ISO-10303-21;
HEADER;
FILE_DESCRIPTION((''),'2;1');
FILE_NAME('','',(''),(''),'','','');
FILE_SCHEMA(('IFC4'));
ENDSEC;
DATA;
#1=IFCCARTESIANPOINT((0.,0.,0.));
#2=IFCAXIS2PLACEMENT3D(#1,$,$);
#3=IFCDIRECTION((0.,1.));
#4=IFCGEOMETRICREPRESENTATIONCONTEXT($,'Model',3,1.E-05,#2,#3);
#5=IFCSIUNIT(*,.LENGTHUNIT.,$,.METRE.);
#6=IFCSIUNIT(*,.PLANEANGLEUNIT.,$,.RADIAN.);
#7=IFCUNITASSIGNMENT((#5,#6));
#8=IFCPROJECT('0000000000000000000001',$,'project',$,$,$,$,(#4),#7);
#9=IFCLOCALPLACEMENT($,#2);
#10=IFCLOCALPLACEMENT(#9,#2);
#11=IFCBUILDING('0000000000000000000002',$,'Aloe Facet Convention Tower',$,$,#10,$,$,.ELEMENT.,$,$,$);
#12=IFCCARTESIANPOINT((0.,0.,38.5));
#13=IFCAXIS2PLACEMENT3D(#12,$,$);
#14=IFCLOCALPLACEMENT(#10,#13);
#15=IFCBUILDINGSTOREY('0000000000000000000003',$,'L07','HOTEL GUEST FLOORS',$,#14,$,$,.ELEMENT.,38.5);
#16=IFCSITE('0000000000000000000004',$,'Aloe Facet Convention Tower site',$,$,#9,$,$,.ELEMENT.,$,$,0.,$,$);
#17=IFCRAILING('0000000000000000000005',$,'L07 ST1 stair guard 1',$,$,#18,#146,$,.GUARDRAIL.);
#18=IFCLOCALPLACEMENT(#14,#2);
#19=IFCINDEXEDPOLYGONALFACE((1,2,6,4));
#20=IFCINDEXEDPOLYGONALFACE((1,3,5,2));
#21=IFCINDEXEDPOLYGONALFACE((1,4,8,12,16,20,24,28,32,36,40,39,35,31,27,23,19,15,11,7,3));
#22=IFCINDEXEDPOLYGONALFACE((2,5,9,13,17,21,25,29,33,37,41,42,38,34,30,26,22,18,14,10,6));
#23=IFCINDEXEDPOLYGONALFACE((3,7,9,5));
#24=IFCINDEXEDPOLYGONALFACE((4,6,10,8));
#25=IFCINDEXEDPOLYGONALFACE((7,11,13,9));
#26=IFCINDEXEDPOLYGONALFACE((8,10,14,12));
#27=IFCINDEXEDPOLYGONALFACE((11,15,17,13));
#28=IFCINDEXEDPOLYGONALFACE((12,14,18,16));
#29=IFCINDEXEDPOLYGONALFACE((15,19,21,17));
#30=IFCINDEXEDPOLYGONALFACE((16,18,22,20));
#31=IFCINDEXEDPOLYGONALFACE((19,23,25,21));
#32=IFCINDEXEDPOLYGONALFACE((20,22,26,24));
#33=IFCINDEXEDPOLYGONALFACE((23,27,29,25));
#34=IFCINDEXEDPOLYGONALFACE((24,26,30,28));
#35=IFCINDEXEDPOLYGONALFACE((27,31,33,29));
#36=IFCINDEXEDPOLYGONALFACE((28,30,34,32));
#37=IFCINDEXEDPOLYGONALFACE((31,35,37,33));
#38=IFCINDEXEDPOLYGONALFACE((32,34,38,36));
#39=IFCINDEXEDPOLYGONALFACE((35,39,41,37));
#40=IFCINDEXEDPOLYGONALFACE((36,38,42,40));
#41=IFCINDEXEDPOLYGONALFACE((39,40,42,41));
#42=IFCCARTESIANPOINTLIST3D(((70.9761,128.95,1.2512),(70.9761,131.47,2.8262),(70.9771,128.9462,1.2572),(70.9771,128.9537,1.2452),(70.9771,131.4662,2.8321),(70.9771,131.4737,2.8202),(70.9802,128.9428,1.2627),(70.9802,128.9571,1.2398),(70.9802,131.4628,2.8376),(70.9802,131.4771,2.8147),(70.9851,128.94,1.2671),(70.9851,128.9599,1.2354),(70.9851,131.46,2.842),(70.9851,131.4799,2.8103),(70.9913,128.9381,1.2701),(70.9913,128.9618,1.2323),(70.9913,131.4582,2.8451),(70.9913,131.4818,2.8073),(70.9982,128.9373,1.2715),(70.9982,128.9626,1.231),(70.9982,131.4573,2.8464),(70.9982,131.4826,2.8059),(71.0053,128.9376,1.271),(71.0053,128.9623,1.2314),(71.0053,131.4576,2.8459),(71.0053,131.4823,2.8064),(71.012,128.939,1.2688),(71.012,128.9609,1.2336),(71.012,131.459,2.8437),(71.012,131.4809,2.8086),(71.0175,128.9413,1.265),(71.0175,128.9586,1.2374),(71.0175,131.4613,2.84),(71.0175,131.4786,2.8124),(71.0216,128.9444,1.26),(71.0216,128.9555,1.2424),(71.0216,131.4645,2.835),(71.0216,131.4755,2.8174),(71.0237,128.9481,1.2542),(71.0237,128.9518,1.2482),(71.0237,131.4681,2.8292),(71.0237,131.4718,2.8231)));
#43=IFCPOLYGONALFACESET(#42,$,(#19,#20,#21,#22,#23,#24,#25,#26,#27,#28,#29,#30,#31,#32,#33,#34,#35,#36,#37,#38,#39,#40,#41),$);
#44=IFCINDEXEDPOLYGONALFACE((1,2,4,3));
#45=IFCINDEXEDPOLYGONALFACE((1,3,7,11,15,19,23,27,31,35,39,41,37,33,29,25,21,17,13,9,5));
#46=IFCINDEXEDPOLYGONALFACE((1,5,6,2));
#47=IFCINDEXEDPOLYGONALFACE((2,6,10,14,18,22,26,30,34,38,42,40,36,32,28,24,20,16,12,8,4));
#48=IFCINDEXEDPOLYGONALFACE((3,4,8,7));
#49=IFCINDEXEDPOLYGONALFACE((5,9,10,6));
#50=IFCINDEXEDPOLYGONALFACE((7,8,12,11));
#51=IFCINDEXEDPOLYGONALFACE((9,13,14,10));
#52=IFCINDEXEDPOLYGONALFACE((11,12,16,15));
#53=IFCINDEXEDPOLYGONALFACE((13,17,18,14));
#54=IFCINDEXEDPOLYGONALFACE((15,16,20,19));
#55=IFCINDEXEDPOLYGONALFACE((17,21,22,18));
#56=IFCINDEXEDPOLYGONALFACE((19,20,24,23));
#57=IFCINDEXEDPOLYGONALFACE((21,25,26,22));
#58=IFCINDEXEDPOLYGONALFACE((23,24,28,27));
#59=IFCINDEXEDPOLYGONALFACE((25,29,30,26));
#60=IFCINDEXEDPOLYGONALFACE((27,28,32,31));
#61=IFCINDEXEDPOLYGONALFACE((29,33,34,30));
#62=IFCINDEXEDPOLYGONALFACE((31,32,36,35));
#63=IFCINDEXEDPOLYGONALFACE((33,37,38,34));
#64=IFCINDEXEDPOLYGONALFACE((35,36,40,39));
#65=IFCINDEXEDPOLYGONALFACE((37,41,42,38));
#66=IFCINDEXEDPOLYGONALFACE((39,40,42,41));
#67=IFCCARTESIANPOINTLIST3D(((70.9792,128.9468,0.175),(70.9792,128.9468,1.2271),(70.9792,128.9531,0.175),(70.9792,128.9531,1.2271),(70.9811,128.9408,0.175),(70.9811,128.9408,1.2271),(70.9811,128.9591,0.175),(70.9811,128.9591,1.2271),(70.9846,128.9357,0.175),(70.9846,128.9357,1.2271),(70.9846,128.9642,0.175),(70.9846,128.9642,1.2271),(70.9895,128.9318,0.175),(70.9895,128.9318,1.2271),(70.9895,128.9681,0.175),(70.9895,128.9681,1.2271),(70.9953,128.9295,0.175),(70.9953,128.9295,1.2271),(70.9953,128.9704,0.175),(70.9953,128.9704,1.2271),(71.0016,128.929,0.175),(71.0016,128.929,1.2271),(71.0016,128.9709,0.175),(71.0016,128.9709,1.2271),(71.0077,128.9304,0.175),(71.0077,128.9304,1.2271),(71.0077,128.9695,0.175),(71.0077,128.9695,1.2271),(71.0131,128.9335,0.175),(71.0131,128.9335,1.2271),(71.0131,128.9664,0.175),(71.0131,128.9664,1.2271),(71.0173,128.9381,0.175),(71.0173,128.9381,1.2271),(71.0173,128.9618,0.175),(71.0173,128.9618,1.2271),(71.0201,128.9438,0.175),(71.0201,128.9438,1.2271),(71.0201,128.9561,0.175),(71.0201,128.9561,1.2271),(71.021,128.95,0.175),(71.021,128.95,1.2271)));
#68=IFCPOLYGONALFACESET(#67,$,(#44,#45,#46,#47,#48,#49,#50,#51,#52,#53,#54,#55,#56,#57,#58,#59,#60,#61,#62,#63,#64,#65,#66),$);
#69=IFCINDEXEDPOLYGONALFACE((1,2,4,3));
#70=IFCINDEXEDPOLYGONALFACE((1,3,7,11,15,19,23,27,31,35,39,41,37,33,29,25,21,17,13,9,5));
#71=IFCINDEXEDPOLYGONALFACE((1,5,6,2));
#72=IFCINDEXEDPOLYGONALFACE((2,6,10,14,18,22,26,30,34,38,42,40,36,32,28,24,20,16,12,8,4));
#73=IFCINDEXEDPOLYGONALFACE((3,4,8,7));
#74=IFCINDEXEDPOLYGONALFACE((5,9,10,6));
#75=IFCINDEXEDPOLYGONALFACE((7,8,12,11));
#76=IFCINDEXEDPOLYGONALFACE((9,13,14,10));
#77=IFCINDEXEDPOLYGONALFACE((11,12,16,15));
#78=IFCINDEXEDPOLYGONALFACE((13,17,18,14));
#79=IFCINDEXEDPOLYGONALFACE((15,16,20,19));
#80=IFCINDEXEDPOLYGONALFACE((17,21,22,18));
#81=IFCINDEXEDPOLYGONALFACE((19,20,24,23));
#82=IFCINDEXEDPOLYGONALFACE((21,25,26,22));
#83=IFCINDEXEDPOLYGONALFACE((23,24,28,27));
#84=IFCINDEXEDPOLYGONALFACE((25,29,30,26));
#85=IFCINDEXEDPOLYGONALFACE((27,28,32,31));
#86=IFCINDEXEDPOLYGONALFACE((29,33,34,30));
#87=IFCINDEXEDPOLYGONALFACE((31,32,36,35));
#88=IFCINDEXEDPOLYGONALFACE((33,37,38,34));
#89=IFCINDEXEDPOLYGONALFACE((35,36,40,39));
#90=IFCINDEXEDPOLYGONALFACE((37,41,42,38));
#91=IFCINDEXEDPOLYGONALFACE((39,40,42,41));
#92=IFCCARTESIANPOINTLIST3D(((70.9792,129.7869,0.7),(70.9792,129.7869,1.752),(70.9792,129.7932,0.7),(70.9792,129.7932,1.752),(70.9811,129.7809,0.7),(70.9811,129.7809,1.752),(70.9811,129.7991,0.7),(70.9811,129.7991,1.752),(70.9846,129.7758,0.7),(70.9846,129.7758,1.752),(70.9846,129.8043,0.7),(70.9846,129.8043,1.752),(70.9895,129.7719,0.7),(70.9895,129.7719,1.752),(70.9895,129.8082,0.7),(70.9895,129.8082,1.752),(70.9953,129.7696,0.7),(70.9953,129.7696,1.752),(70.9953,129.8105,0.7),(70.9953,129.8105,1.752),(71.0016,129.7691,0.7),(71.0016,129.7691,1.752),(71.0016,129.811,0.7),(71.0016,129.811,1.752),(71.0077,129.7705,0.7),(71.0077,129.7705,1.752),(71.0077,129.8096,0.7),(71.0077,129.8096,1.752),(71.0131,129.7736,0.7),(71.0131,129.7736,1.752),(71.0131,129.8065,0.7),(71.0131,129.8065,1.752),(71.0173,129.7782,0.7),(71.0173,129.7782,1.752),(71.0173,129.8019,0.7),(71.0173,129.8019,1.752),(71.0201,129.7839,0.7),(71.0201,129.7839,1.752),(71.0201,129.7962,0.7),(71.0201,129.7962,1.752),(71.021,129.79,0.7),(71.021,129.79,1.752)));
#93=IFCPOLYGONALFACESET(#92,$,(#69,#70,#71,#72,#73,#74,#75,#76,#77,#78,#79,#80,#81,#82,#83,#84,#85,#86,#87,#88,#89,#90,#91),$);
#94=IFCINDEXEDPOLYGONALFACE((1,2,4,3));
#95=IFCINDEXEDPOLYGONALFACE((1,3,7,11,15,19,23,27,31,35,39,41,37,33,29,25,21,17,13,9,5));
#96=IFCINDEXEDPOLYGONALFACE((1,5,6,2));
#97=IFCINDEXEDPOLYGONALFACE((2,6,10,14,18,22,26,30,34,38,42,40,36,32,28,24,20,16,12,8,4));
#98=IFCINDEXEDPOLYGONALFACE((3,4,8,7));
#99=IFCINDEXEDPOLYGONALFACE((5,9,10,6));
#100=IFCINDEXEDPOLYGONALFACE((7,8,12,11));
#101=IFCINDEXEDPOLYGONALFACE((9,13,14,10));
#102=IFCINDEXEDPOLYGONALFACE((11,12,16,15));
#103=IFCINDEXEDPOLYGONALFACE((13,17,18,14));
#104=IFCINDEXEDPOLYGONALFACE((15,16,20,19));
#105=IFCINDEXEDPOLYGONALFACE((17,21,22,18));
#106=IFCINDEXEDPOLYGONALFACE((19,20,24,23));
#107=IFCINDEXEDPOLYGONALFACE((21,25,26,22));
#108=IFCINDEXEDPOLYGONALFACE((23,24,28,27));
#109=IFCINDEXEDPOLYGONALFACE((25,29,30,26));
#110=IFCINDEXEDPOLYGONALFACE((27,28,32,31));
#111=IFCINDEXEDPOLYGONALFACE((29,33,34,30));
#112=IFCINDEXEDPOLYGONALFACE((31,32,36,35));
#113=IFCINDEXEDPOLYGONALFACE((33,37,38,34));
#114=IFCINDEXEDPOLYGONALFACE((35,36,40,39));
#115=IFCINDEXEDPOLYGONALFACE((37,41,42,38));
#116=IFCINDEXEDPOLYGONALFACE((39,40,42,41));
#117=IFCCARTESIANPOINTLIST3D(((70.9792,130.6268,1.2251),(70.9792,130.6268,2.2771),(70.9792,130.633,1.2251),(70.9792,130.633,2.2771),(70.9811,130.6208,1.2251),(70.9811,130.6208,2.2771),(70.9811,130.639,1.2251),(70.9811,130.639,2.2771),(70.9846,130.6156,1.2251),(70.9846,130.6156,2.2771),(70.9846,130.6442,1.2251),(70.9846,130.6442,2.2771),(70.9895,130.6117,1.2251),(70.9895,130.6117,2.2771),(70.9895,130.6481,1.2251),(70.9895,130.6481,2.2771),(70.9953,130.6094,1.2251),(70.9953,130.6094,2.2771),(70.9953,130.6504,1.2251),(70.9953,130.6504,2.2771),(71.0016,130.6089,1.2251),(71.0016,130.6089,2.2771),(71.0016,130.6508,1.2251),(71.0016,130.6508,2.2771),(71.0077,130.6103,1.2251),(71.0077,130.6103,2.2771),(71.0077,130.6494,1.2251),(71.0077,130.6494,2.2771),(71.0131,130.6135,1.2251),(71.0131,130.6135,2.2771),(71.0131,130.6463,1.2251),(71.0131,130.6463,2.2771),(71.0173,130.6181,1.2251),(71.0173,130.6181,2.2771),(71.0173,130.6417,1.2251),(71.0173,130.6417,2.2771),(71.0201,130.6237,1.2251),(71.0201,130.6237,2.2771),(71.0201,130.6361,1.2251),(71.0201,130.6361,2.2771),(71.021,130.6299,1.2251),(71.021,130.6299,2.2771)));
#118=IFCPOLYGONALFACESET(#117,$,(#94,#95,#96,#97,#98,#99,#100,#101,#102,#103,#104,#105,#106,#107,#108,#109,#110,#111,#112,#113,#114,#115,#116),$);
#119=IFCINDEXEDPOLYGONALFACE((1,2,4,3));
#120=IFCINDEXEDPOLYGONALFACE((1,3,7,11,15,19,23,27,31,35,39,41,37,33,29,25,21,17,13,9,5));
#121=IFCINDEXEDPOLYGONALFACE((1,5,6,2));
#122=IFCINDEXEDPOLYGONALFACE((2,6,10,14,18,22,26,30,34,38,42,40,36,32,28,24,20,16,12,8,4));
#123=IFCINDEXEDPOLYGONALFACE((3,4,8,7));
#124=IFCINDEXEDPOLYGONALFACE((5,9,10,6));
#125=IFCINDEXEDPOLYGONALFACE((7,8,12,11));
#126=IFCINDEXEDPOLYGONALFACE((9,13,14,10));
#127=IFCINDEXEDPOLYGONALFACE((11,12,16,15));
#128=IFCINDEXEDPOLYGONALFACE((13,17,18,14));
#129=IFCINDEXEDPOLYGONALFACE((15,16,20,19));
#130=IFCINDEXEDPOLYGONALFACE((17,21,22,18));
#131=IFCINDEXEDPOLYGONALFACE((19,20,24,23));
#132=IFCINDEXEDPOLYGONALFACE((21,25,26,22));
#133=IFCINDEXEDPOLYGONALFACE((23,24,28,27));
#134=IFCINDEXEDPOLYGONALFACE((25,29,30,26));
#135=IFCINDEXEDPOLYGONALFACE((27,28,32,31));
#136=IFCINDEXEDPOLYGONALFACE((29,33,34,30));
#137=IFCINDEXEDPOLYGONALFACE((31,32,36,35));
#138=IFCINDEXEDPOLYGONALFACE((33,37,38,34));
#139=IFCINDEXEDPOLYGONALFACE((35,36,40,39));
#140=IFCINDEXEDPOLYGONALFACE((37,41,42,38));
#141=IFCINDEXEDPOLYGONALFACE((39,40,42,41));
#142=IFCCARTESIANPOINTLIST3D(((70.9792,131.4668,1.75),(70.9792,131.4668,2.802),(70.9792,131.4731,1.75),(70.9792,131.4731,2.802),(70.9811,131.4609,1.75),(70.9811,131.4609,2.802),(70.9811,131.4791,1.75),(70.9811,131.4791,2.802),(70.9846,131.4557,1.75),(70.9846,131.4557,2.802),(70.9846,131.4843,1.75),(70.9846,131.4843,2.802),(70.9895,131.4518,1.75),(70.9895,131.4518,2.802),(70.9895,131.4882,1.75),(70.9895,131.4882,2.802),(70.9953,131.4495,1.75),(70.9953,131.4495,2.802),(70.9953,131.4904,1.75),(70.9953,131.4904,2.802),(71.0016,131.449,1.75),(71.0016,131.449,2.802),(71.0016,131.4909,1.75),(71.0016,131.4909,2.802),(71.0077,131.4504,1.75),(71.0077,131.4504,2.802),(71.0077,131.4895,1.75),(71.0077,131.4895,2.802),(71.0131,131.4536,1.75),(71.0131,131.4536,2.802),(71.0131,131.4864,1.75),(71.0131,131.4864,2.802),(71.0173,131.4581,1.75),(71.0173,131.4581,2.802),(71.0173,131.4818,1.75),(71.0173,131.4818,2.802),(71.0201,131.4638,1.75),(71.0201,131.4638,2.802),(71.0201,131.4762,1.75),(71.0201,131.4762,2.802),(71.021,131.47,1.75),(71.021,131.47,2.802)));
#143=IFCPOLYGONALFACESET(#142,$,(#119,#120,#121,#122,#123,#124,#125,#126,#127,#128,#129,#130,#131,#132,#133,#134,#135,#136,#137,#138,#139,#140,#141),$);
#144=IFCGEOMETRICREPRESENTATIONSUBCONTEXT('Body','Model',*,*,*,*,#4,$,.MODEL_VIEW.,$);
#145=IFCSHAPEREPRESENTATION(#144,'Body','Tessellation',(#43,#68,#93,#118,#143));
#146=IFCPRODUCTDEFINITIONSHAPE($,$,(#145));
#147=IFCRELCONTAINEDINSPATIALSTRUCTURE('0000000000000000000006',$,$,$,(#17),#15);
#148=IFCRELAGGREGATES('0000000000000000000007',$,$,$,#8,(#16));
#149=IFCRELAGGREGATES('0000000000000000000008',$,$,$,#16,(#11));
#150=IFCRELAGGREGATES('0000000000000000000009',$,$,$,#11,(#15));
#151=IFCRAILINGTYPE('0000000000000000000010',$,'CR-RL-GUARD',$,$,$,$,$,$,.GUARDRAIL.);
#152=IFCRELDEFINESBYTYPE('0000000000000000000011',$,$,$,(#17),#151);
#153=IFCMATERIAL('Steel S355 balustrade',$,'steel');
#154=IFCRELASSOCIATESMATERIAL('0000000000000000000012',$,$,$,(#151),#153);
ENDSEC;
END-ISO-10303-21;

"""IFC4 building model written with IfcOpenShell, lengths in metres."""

from ifc_helpers import new_model, si_unit, direction, frame, origin, origin_2d, place, context, subcontext, project, spatial, circle, extrude, material, type_object, element, save


model = new_model("IFC4")

# Units and contexts
model_context = context("Model", 3, precision=1e-05, world=origin(), true_north=direction((0.0, 1.0)))
body_context = subcontext(model_context, "Body", "Model", "MODEL_VIEW")
ifc_project = project(units=[si_unit("LENGTHUNIT", "METRE"), si_unit("PLANEANGLEUNIT", "RADIAN")], contexts=[model_context])

# Site, building, storey
site_placement = place(None, origin())
site = spatial("IfcSite", under=ifc_project, at=site_placement, Name="Aloe Facet Convention Tower site", CompositionType="ELEMENT", RefElevation=0.0)
building_placement = place(site_placement, origin())
building = spatial("IfcBuilding", under=site, at=building_placement, Name="Aloe Facet Convention Tower", CompositionType="ELEMENT")
storey_placement = place(building_placement, frame((0.0, 0.0, 38.5)))
storey = spatial("IfcBuildingStorey", under=building, at=storey_placement, Name="L07", Description="HOTEL GUEST FLOORS", CompositionType="ELEMENT", Elevation=38.5)

# Railing
ifc_material_1 = material(Name="Steel S355 balustrade", Category="steel")
railing_type_1 = type_object("IfcRailingType", Name="CR-RL-GUARD", PredefinedType="GUARDRAIL", material=ifc_material_1)
railing_1_placement = place(storey_placement, frame((71.0, 128.95, 0.175)))
element("IfcRailing", 1, at=railing_1_placement, inside=storey, type_object=railing_type_1, Name="L07 ST1 stair guard 1", PredefinedType="GUARDRAIL", context=body_context, shape_type="SweptSolid", body=[
    extrude(circle(Radius=0.0239, at=origin_2d()), frame((0.0, 0.0, 1.0762), z_axis=(0.0, 0.848008, 0.529984), x_axis=(-1.0, 0.0, 0.0)), (0.0, 0.0, 1.0), 2.9717),
    extrude(circle(Radius=0.021, at=origin_2d()), origin(), (0.0, 0.0, 1.0), 1.052),
    extrude(circle(Radius=0.021, at=origin_2d()), frame((0.0, 0.8401, 0.5249)), (0.0, 0.0, 1.0), 1.052),
    extrude(circle(Radius=0.021, at=origin_2d()), frame((0.0, 1.6799, 1.05)), (0.0, 0.0, 1.0), 1.052),
    extrude(circle(Radius=0.021, at=origin_2d()), frame((0.0, 2.52, 1.575)), (0.0, 0.0, 1.0), 1.052),
])

save(model, "model.ifc")
